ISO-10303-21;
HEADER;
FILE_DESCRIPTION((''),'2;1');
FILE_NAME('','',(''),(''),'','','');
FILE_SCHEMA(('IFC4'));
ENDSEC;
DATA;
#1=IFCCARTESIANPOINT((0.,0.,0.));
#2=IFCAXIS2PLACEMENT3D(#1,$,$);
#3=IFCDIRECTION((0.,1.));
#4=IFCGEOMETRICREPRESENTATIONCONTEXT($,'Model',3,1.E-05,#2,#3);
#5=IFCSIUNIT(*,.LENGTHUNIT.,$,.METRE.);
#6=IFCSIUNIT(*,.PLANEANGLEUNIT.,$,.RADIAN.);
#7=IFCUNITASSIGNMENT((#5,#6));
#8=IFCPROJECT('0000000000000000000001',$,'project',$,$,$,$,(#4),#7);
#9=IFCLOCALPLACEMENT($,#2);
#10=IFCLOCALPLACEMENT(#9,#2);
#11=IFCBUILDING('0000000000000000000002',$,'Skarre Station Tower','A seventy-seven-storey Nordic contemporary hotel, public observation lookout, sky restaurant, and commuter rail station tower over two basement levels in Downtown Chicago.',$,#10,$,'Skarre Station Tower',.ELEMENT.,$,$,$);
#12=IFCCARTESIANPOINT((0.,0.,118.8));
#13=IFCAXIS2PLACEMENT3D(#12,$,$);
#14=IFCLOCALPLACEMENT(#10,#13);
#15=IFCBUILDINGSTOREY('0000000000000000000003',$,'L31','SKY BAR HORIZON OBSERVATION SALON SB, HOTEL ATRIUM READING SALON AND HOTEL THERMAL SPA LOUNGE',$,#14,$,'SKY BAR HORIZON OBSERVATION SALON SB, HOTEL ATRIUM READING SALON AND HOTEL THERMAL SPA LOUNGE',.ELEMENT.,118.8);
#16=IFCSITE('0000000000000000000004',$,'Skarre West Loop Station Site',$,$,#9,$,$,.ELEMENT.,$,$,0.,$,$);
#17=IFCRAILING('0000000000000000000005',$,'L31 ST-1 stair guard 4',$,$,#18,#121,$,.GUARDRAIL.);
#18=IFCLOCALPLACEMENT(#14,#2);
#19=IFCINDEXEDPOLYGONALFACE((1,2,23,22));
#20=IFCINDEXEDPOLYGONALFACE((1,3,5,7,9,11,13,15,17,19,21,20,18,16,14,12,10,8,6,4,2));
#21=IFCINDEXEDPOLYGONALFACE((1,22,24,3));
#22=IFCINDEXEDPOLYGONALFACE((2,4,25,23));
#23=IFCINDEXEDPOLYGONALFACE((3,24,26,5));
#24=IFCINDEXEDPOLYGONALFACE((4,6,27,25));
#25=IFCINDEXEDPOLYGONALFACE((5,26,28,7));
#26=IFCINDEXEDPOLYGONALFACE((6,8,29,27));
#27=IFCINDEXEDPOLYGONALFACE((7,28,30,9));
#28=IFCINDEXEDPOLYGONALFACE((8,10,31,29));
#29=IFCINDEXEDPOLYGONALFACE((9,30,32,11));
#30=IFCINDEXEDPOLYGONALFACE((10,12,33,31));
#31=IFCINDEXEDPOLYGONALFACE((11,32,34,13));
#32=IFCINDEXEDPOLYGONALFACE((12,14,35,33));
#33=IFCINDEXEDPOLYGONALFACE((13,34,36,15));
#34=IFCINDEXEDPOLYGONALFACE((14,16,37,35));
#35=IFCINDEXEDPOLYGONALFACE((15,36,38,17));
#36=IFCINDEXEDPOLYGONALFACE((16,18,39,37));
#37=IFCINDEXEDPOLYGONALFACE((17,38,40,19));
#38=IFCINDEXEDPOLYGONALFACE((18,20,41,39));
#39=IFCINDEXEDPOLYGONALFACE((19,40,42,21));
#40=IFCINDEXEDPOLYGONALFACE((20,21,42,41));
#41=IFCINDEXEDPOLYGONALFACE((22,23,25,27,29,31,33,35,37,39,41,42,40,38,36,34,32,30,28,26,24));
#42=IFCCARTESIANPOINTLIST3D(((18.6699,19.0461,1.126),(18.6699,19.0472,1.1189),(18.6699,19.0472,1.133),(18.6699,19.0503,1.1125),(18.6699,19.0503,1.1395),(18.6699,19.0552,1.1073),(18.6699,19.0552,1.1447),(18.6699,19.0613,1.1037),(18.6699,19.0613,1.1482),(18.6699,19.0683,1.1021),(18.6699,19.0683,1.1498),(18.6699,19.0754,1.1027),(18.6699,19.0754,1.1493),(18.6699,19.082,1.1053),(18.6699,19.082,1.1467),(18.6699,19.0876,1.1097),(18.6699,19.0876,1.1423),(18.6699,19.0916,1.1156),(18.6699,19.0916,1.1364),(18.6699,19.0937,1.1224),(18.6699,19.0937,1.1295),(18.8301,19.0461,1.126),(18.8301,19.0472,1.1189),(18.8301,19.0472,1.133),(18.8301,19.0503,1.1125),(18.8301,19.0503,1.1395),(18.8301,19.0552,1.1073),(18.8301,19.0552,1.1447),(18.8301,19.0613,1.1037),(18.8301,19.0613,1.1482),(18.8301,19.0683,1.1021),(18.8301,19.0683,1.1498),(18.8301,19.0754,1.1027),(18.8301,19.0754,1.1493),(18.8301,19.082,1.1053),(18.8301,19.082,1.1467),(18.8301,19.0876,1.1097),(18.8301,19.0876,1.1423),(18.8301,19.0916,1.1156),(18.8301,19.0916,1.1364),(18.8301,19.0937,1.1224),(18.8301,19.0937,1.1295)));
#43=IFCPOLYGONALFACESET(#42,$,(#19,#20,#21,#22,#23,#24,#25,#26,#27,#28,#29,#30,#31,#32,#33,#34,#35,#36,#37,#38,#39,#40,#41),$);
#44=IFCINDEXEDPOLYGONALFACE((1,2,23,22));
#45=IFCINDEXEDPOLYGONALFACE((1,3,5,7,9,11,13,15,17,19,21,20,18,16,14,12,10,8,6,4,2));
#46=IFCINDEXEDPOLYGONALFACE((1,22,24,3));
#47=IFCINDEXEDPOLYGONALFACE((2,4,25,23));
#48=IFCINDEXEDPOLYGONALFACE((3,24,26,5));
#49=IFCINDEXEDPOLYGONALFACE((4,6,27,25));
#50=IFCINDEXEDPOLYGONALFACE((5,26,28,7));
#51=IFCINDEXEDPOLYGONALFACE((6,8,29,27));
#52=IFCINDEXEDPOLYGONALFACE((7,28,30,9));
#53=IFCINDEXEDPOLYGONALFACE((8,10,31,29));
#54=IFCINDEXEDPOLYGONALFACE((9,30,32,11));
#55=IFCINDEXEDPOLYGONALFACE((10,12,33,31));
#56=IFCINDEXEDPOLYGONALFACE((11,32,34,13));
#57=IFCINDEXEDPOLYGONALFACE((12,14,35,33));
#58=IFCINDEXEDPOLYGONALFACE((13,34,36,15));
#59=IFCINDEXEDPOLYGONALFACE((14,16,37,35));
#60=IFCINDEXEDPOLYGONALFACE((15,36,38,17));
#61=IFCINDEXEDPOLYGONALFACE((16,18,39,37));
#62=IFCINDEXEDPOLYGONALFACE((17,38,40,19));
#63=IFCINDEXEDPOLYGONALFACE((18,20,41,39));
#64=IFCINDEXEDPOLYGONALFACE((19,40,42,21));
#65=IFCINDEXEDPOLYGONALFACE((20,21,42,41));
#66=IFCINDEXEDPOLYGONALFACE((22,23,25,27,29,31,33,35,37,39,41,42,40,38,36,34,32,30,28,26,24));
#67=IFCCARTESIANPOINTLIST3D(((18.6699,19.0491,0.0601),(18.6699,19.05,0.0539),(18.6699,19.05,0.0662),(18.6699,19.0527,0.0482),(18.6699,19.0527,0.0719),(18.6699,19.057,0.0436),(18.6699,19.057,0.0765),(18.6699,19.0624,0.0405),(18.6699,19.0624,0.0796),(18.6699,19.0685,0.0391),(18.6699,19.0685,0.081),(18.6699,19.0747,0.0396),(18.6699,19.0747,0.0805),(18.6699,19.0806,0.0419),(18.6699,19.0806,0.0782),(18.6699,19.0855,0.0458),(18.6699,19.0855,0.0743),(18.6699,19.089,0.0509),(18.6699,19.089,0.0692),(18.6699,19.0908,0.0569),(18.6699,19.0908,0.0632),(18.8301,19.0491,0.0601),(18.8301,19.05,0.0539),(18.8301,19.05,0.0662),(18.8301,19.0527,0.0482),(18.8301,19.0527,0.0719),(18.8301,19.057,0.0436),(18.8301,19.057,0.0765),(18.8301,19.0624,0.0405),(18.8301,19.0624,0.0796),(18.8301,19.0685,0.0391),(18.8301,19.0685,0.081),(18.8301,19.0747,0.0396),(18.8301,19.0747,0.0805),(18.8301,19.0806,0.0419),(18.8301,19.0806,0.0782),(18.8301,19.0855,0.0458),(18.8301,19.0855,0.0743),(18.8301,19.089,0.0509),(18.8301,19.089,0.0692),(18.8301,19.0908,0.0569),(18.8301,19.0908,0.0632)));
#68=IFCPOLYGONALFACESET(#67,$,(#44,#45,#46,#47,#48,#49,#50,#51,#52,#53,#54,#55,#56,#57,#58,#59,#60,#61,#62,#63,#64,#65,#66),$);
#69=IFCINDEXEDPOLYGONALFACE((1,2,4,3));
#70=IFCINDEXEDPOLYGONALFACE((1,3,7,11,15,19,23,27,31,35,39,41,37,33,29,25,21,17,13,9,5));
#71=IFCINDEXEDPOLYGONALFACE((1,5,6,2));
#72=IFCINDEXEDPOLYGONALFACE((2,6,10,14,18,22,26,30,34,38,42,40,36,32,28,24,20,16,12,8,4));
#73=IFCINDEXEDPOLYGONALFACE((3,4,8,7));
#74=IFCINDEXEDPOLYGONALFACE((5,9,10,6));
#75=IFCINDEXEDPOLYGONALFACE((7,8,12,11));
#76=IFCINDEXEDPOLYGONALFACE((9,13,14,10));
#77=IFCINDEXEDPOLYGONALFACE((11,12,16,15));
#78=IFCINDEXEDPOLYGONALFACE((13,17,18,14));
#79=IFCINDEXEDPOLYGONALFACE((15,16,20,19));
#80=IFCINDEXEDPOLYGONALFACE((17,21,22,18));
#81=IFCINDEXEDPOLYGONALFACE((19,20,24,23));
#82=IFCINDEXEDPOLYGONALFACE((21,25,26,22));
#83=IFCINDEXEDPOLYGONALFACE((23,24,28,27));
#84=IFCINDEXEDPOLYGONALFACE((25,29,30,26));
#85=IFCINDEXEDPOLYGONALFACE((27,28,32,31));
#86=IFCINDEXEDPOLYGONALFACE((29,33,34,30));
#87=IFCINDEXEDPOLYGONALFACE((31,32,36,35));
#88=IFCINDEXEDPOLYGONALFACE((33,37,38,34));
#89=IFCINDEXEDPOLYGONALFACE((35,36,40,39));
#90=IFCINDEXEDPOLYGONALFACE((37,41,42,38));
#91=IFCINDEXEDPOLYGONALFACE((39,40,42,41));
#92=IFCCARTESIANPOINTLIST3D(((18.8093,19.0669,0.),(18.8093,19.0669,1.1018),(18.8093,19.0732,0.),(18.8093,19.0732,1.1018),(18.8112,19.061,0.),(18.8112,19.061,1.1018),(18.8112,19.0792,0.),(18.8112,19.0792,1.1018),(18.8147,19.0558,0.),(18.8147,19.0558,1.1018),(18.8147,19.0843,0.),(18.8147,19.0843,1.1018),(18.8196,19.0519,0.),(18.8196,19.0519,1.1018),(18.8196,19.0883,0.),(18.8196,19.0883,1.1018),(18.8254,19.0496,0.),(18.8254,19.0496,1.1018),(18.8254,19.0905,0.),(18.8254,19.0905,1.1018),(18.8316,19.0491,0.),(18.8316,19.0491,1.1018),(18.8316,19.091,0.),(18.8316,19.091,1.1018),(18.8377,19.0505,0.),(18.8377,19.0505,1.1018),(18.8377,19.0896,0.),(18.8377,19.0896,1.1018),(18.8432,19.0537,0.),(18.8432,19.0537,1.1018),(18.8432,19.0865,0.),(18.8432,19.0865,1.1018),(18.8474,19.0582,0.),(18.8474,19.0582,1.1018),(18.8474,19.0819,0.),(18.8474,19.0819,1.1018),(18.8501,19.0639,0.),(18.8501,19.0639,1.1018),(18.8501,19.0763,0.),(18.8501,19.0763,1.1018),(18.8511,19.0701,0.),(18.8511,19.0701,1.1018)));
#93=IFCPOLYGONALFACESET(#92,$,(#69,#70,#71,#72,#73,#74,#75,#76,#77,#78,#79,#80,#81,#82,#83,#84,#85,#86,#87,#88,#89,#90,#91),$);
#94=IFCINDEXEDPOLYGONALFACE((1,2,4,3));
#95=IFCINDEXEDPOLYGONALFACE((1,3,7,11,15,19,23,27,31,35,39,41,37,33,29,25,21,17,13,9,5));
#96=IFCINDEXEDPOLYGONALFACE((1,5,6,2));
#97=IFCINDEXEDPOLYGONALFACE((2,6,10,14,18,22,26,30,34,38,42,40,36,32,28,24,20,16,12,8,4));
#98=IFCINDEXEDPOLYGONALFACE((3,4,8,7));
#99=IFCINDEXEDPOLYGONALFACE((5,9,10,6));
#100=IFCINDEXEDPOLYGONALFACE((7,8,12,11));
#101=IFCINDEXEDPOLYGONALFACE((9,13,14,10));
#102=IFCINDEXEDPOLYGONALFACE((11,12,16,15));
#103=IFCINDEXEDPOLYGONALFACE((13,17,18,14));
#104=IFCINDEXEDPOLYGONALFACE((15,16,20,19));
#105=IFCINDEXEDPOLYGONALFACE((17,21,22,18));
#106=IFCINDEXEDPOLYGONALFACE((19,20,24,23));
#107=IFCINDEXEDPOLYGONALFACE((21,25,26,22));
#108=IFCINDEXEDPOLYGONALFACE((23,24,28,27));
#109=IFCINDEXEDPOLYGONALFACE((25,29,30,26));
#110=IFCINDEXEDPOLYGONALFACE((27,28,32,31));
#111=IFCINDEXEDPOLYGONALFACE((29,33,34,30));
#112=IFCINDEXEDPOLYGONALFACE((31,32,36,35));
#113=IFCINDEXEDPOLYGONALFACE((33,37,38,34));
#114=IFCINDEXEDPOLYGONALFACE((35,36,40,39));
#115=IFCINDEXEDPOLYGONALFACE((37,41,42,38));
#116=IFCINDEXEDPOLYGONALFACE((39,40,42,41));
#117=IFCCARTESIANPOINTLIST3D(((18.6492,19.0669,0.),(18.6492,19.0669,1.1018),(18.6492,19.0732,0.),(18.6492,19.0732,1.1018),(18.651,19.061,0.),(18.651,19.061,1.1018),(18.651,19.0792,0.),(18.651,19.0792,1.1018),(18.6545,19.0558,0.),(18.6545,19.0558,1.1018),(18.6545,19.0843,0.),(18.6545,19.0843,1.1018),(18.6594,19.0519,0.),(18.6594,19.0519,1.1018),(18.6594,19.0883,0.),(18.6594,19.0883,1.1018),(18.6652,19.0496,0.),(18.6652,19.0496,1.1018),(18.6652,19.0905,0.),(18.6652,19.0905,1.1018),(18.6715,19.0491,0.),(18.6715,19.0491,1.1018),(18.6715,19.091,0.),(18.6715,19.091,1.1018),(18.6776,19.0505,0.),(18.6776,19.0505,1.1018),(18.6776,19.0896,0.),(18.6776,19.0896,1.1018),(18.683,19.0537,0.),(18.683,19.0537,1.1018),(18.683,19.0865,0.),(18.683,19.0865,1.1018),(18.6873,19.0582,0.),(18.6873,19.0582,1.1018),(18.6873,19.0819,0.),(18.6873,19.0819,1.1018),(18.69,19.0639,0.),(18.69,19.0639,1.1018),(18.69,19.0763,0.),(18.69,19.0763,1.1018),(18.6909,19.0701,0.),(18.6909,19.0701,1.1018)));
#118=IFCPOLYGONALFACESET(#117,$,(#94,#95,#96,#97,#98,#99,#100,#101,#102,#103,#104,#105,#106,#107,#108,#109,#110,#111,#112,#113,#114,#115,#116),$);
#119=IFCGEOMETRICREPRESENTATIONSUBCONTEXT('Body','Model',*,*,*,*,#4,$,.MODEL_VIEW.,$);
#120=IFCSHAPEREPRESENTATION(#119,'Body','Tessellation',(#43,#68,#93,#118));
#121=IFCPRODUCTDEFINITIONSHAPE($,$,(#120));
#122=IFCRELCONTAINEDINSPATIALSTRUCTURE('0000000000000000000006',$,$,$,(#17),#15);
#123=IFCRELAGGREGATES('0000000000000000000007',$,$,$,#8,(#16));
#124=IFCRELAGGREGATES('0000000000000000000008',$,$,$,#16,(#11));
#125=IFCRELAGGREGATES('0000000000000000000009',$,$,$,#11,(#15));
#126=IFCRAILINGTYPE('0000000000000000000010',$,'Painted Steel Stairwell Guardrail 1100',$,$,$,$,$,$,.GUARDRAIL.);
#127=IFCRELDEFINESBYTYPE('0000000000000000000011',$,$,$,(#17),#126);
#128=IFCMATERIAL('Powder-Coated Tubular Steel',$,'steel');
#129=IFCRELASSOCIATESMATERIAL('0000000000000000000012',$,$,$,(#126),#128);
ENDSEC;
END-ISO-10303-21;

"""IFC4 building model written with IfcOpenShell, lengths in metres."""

from ifc_helpers import new_model, si_unit, direction, frame, origin, origin_2d, place, context, subcontext, project, spatial, circle, extrude, material, type_object, element, save


model = new_model("IFC4")

# Units and contexts
model_context = context("Model", 3, precision=1e-05, world=origin(), true_north=direction((0.0, 1.0)))
body_context = subcontext(model_context, "Body", "Model", "MODEL_VIEW")
ifc_project = project(units=[si_unit("LENGTHUNIT", "METRE"), si_unit("PLANEANGLEUNIT", "RADIAN")], contexts=[model_context])

# Site, building, storey
site_placement = place(None, origin())
site = spatial("IfcSite", under=ifc_project, at=site_placement, Name="Skarre West Loop Station Site", CompositionType="ELEMENT", RefElevation=0.0)
building_placement = place(site_placement, origin())
building = spatial("IfcBuilding", under=site, at=building_placement, Name="Skarre Station Tower", Description="A seventy-seven-storey Nordic contemporary hotel, public observation lookout, sky restaurant, and commuter rail station tower over two basement levels in Downtown Chicago.", LongName="Skarre Station Tower", CompositionType="ELEMENT")
storey_placement = place(building_placement, frame((0.0, 0.0, 118.8)))
storey = spatial("IfcBuildingStorey", under=building, at=storey_placement, Name="L31", Description="SKY BAR HORIZON OBSERVATION SALON SB, HOTEL ATRIUM READING SALON AND HOTEL THERMAL SPA LOUNGE", LongName="SKY BAR HORIZON OBSERVATION SALON SB, HOTEL ATRIUM READING SALON AND HOTEL THERMAL SPA LOUNGE", CompositionType="ELEMENT", Elevation=118.8)

# Railing
ifc_material_1 = material(Name="Powder-Coated Tubular Steel", Category="steel")
railing_type_1 = type_object("IfcRailingType", Name="Painted Steel Stairwell Guardrail 1100", PredefinedType="GUARDRAIL", material=ifc_material_1)
railing_1_placement = place(storey_placement, frame((18.8301, 19.0701, 0.0)))
element("IfcRailing", 1, at=railing_1_placement, inside=storey, type_object=railing_type_1, Name="L31 ST-1 stair guard 4", PredefinedType="GUARDRAIL", context=body_context, shape_type="SweptSolid", body=[
    extrude(circle(Radius=0.0239, at=origin_2d()), frame((0.0, 0.0, 1.126), z_axis=(-1.0, 0.0, 0.0), x_axis=(0.0, -1.0, 0.0)), (0.0, 0.0, 1.0), 0.1602),
    extrude(circle(Radius=0.021, at=origin_2d()), frame((0.0, 0.0, 0.0601), z_axis=(-1.0, 0.0, 0.0), x_axis=(0.0, -1.0, 0.0)), (0.0, 0.0, 1.0), 0.1602),
    extrude(circle(Radius=0.021, at=origin_2d()), origin(), (0.0, 0.0, 1.0), 1.1018),
    extrude(circle(Radius=0.021, at=origin_2d()), frame((-0.1602, 0.0, 0.0)), (0.0, 0.0, 1.0), 1.1018),
])

save(model, "model.ifc")
